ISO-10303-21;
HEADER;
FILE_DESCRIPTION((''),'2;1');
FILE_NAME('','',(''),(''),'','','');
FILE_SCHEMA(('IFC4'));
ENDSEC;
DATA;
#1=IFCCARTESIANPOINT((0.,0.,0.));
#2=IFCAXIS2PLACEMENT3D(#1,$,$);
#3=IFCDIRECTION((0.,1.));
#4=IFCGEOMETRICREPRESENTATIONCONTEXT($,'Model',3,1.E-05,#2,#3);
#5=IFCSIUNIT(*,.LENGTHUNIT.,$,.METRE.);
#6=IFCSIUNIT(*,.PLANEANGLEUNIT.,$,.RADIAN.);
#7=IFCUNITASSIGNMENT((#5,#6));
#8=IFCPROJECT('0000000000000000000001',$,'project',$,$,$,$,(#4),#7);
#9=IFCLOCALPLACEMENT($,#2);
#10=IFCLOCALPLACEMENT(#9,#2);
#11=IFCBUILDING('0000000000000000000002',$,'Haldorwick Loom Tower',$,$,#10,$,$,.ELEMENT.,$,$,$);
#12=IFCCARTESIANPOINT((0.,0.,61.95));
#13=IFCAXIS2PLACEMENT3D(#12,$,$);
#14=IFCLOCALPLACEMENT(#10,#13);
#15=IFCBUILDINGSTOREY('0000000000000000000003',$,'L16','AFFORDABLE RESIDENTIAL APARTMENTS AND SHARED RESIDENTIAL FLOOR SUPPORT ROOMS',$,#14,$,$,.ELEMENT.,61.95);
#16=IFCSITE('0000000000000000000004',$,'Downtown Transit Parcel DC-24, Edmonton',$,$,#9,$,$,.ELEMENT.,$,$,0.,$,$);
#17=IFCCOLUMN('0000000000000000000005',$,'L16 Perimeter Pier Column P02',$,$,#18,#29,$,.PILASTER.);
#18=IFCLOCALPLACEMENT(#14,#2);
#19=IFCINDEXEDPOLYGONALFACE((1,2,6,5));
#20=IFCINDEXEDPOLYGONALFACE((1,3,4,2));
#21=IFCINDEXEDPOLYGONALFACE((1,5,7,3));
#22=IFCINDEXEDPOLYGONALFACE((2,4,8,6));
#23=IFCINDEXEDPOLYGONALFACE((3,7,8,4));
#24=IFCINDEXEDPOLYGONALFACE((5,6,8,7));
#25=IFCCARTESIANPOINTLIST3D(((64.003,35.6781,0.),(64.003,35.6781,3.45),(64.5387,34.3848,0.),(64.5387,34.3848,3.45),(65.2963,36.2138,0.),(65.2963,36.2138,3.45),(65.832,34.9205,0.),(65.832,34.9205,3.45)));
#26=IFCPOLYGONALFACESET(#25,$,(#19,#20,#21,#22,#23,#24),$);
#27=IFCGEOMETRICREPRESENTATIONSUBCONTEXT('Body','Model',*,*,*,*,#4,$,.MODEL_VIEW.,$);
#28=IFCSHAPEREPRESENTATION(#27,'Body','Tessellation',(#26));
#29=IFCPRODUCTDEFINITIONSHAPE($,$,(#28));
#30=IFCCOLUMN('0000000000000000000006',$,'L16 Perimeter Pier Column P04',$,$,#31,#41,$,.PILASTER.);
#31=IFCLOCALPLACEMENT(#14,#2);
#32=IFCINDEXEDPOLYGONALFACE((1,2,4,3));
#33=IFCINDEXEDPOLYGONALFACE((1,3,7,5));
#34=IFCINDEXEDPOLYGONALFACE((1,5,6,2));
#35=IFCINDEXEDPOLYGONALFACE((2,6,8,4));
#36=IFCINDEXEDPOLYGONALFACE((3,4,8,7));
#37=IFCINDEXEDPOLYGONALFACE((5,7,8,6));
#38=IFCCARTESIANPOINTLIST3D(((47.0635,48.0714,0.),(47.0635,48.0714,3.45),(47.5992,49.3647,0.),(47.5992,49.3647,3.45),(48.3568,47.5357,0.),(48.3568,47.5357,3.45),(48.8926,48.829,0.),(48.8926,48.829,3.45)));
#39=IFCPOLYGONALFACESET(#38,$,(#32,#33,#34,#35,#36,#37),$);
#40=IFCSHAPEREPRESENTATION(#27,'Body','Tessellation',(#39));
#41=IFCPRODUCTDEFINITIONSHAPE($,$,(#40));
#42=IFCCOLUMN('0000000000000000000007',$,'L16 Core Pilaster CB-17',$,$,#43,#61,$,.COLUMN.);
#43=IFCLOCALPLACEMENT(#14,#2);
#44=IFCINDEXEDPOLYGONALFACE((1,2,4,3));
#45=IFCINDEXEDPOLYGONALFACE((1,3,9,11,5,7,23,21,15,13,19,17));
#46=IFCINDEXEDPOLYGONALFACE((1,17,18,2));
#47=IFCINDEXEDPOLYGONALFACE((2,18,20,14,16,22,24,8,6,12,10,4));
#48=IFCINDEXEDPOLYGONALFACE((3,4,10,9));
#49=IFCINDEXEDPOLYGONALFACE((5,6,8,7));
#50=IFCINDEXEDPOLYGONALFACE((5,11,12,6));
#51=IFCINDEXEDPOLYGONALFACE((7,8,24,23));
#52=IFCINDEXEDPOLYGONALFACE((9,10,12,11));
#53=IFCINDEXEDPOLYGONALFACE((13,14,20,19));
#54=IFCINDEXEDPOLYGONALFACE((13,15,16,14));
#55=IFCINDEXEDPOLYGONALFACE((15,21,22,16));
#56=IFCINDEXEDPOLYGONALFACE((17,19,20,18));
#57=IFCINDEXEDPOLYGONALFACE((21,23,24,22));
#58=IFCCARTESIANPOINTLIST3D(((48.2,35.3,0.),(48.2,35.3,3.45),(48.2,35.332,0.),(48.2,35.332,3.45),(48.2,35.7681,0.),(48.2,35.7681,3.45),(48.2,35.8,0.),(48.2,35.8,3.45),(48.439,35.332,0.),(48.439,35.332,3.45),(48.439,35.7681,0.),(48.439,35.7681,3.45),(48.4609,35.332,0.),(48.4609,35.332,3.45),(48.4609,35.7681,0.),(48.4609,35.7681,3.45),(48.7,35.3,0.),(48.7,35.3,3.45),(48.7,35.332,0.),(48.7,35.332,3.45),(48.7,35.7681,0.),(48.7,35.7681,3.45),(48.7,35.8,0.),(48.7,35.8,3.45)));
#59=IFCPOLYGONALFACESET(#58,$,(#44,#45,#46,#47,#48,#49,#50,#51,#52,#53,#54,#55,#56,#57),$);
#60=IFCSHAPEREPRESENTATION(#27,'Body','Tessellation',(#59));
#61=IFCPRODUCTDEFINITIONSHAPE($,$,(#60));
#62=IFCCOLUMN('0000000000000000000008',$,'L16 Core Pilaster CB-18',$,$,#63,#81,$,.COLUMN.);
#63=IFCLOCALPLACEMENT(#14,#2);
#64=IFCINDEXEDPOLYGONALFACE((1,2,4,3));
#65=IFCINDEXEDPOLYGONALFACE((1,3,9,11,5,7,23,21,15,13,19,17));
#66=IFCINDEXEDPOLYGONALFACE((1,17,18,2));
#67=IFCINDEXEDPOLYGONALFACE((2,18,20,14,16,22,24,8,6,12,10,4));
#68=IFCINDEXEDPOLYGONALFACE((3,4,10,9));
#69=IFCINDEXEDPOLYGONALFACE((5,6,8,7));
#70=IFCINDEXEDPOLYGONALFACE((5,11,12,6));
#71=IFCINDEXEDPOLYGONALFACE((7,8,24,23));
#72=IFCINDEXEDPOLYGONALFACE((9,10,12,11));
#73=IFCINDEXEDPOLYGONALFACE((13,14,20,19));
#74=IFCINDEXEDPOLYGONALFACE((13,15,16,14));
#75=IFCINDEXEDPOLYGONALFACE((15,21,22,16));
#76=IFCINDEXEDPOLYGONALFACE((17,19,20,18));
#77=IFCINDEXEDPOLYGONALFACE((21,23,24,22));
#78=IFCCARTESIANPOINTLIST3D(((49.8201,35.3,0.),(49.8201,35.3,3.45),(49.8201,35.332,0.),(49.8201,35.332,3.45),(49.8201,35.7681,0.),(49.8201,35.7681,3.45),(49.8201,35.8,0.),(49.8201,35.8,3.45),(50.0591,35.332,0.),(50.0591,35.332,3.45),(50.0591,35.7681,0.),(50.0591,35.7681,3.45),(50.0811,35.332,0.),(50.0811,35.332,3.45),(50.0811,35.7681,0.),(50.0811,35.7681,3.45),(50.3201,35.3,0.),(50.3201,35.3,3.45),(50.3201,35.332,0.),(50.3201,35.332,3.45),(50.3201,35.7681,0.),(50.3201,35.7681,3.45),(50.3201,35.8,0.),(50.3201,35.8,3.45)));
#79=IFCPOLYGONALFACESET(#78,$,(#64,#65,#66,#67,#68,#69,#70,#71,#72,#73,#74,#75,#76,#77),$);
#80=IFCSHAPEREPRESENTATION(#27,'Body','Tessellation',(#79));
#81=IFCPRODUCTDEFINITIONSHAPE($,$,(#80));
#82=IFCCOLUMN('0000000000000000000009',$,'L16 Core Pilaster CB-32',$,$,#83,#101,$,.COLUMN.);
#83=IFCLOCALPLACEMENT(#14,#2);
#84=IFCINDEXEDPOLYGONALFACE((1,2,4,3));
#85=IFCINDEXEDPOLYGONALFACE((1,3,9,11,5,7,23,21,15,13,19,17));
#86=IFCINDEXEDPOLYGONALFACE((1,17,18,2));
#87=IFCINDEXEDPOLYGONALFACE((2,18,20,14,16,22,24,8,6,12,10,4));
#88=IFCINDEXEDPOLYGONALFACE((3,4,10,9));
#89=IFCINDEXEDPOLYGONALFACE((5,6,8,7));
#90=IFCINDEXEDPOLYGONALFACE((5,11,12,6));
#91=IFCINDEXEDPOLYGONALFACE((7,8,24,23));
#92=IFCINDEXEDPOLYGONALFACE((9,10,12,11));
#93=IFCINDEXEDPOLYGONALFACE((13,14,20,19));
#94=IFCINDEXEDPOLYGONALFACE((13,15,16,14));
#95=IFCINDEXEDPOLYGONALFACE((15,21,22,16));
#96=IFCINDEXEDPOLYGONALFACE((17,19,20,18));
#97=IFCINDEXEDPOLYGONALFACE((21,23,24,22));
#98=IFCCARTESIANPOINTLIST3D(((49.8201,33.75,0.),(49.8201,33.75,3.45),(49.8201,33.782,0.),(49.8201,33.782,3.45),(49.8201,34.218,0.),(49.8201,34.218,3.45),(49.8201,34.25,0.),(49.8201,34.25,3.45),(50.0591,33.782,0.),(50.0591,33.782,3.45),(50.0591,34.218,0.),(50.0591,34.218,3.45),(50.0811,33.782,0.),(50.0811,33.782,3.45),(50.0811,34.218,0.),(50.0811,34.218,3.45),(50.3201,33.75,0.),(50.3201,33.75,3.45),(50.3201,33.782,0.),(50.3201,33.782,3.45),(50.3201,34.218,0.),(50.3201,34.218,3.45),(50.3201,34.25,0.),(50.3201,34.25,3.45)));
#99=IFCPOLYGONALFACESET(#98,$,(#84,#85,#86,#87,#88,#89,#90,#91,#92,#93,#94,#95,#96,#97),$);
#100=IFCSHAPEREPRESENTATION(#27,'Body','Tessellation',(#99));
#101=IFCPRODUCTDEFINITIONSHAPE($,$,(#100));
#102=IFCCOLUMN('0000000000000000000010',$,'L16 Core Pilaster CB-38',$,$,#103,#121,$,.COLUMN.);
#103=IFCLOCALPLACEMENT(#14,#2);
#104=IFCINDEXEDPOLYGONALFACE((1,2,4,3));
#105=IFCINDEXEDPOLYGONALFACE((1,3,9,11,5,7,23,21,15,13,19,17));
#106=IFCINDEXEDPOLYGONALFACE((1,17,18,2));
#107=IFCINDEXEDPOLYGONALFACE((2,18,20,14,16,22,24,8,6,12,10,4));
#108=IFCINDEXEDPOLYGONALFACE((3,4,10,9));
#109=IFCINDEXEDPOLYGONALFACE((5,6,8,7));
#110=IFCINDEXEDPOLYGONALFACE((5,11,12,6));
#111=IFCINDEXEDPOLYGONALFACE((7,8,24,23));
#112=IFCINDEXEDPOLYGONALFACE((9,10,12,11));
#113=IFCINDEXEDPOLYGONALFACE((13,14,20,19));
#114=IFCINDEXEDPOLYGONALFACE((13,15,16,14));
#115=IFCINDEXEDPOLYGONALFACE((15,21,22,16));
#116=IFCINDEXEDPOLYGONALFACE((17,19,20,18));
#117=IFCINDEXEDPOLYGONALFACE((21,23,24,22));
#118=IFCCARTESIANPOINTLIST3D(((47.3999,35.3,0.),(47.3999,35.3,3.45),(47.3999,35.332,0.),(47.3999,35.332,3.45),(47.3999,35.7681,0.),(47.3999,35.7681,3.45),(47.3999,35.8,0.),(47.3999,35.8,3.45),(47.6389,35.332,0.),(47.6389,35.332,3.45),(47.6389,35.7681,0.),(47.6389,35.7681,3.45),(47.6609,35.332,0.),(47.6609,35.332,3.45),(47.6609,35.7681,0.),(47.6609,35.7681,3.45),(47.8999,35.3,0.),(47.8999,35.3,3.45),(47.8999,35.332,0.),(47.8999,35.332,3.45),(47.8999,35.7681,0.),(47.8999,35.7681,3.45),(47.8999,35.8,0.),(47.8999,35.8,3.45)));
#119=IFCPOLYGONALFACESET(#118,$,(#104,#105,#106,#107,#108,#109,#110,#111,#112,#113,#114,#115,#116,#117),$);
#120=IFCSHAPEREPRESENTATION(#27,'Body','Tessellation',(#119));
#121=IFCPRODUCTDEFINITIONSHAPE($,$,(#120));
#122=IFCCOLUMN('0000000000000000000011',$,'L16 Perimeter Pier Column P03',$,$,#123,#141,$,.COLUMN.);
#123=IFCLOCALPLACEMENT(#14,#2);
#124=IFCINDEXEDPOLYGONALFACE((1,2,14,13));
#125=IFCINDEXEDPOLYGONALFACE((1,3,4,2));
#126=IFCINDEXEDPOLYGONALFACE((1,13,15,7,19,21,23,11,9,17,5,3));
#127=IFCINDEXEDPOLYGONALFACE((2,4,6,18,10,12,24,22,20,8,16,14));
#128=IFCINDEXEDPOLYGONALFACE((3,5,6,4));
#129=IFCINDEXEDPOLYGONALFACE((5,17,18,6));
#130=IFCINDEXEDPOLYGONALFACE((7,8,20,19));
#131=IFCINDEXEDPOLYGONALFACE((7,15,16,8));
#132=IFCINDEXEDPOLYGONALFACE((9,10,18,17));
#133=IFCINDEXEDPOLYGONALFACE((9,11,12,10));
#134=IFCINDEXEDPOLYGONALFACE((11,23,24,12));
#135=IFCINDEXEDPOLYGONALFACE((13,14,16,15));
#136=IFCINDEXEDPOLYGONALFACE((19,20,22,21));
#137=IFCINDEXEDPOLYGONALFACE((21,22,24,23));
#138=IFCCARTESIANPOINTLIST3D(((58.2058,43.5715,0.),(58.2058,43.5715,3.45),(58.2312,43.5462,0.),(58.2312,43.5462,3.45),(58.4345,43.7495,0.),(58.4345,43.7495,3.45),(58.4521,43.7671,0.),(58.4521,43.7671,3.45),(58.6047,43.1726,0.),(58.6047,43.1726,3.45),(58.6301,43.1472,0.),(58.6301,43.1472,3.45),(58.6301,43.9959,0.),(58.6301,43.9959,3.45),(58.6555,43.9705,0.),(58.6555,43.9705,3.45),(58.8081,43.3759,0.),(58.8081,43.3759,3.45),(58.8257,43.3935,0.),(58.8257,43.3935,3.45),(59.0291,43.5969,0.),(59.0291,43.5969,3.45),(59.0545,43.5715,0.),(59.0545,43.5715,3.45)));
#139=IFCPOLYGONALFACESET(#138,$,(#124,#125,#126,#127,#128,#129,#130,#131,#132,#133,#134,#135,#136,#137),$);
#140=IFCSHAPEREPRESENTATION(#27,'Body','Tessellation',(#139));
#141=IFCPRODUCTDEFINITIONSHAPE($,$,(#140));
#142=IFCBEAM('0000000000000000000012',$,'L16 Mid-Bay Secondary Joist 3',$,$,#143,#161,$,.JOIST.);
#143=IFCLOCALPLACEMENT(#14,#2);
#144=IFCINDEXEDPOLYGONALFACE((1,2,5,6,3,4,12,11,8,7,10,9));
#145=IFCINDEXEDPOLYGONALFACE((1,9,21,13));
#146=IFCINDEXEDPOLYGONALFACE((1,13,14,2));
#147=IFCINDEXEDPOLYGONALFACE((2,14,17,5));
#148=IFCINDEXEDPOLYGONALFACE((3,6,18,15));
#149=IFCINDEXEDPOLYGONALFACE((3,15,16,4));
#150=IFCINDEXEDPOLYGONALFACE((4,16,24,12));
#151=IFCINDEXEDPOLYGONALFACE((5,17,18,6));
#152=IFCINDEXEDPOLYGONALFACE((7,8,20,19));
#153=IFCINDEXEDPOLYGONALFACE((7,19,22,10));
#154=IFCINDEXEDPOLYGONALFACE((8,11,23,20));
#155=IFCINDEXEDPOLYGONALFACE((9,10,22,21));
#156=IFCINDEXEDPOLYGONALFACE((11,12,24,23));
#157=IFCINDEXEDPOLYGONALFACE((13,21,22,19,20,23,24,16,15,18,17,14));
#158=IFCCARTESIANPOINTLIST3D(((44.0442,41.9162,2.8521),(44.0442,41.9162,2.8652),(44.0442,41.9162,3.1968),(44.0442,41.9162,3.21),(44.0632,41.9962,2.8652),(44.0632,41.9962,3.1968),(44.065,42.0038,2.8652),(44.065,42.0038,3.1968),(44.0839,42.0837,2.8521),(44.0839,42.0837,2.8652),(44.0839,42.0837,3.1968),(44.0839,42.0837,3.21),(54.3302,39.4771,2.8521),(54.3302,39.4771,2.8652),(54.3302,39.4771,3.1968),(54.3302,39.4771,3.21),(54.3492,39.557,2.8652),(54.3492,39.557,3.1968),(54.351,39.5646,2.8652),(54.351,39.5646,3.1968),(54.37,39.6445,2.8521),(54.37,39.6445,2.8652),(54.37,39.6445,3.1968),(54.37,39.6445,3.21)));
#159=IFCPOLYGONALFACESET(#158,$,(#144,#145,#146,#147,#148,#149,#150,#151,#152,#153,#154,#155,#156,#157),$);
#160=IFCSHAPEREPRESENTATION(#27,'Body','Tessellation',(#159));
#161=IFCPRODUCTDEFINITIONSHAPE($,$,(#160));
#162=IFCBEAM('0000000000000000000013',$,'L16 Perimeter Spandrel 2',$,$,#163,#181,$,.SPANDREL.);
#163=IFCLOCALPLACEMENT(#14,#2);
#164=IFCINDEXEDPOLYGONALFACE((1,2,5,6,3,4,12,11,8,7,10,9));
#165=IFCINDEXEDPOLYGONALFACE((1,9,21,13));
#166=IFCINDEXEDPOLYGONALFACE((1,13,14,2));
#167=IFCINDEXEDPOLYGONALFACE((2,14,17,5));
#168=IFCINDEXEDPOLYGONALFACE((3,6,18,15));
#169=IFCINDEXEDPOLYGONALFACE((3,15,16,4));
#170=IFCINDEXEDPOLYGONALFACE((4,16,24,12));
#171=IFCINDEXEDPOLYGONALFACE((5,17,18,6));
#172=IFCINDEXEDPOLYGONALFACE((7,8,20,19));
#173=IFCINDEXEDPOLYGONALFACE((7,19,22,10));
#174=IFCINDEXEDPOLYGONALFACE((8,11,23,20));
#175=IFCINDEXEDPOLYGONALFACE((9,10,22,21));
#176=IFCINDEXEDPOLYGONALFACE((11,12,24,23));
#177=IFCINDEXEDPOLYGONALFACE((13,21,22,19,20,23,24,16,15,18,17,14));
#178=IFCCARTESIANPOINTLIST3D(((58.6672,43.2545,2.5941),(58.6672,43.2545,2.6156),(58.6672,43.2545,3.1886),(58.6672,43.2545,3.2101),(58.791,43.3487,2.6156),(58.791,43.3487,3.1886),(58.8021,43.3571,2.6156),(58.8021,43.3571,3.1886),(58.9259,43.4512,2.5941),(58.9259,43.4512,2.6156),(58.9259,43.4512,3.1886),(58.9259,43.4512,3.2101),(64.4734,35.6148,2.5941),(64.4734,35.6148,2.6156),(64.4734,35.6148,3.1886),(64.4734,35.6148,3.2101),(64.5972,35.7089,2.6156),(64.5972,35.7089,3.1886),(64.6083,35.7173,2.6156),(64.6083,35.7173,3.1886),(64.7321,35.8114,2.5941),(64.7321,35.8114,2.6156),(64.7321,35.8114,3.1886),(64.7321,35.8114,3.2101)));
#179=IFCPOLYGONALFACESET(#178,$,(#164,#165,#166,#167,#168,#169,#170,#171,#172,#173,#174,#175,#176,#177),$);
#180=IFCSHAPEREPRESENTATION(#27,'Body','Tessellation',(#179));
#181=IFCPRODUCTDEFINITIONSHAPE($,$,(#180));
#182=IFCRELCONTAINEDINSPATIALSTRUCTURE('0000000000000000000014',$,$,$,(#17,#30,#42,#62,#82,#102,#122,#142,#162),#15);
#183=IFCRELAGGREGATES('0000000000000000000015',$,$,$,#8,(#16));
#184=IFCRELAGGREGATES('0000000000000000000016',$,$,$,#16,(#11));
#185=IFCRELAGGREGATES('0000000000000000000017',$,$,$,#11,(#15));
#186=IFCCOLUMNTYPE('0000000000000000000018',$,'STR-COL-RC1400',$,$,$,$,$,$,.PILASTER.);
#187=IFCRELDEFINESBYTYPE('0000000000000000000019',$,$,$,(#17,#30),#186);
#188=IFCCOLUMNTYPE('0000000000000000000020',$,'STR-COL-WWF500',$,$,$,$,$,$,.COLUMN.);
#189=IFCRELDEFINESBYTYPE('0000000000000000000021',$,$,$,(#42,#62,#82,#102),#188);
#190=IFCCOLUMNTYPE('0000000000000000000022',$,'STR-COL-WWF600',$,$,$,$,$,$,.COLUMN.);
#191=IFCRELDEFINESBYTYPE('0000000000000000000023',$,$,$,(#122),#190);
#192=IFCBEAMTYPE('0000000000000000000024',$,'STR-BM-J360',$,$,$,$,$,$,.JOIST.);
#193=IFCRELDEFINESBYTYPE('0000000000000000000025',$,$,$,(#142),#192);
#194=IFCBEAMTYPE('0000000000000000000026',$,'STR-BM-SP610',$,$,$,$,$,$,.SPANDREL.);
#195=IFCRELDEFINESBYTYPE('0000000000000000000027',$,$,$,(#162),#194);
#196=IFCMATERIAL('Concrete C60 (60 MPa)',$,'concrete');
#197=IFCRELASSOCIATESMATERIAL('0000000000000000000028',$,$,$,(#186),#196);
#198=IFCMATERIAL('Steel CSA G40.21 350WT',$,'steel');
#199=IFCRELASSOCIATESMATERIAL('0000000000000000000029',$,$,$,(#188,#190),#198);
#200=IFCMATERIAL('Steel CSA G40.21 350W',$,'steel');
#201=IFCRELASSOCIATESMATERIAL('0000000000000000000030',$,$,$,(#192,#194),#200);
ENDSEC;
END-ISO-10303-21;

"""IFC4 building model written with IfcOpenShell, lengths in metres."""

from ifc_helpers import new_model, si_unit, direction, frame, origin, origin_2d, place, context, subcontext, project, spatial, rectangle, i_section, extrude, material, material_profile, profile_set, type_object, element, save


model = new_model("IFC4")

# Units and contexts
model_context = context("Model", 3, precision=1e-05, world=origin(), true_north=direction((0.0, 1.0)))
body_context = subcontext(model_context, "Body", "Model", "MODEL_VIEW")
ifc_project = project(units=[si_unit("LENGTHUNIT", "METRE"), si_unit("PLANEANGLEUNIT", "RADIAN")], contexts=[model_context])

# Site, building, storey
site_placement = place(None, origin())
site = spatial("IfcSite", under=ifc_project, at=site_placement, Name="Downtown Transit Parcel DC-24, Edmonton", CompositionType="ELEMENT", RefElevation=0.0)
building_placement = place(site_placement, origin())
building = spatial("IfcBuilding", under=site, at=building_placement, Name="Haldorwick Loom Tower", CompositionType="ELEMENT")
storey_placement = place(building_placement, frame((0.0, 0.0, 61.95)))
storey = spatial("IfcBuildingStorey", under=building, at=storey_placement, Name="L16", Description="AFFORDABLE RESIDENTIAL APARTMENTS AND SHARED RESIDENTIAL FLOOR SUPPORT ROOMS", CompositionType="ELEMENT", Elevation=61.95)

# Columns
ifc_material_1 = material(Name="Concrete C60 (60 MPa)", Category="concrete")
ifc_material_profile_1 = material_profile(ifc_material_1, rectangle(XDim=1.3999, YDim=1.3999, at=origin_2d()), Name="RC1400X1400", Category="concrete")
ifc_profile_set_1 = profile_set([ifc_material_profile_1], Name="Concrete C60 (60 MPa)")
column_type_1 = type_object("IfcColumnType", Name="STR-COL-RC1400", PredefinedType="PILASTER", material=ifc_profile_set_1)
for number, where, z_axis, x_axis, name in (
    (1, (64.9175, 35.2993, 0.0), (0.0, 0.0, 1.0), (0.92388, 0.382683, 0.0), "L16 Perimeter Pier Column P02"),
    (2, (47.978, 48.4502, 0.0), (0.0, 0.0, 1.0), (0.382683, 0.92388, 0.0), "L16 Perimeter Pier Column P04"),
):
    element("IfcColumn", number, at=place(storey_placement, frame(where, z_axis=z_axis, x_axis=x_axis)), inside=storey, type_object=column_type_1, Name=name, PredefinedType="PILASTER", context=body_context, shape_type="SweptSolid", body=[
        extrude(rectangle(XDim=1.3999, YDim=1.3999, at=origin_2d()), origin(), (0.0, 0.0, 1.0), 3.45),
    ])
ifc_material_2 = material(Name="Steel CSA G40.21 350WT", Category="steel")
ifc_material_profile_2 = material_profile(ifc_material_2, i_section(OverallWidth=0.5, OverallDepth=0.5, WebThickness=0.022, FlangeThickness=0.032, at=origin_2d()), Name="WWF500X500", Category="steel")
ifc_profile_set_2 = profile_set([ifc_material_profile_2], Name="Steel CSA G40.21 350WT")
column_type_2 = type_object("IfcColumnType", Name="STR-COL-WWF500", PredefinedType="COLUMN", material=ifc_profile_set_2)
for number, where, z_axis, x_axis, name in (
    (3, (48.45, 35.55, 0.0), (0.0, 0.0, 1.0), (1.0, 0.0, 0.0), "L16 Core Pilaster CB-17"),
    (4, (50.0701, 35.55, 0.0), (0.0, 0.0, 1.0), (1.0, 0.0, 0.0), "L16 Core Pilaster CB-18"),
    (5, (50.0701, 34.0, 0.0), (0.0, 0.0, 1.0), (1.0, 0.0, 0.0), "L16 Core Pilaster CB-32"),
    (6, (47.6499, 35.55, 0.0), (0.0, 0.0, 1.0), (1.0, 0.0, 0.0), "L16 Core Pilaster CB-38"),
):
    element("IfcColumn", number, at=place(storey_placement, frame(where, z_axis=z_axis, x_axis=x_axis)), inside=storey, type_object=column_type_2, Name=name, PredefinedType="COLUMN", context=body_context, shape_type="SweptSolid", body=[
        extrude(i_section(OverallWidth=0.5, OverallDepth=0.5, WebThickness=0.022, FlangeThickness=0.032, at=origin_2d()), origin(), (0.0, 0.0, 1.0), 3.45),
    ])
ifc_material_profile_3 = material_profile(ifc_material_2, i_section(OverallWidth=0.6001, OverallDepth=0.6001, WebThickness=0.0249, FlangeThickness=0.0359, at=origin_2d()), Name="WWF600X600", Category="steel")
ifc_profile_set_3 = profile_set([ifc_material_profile_3], Name="Steel CSA G40.21 350WT")
column_type_3 = type_object("IfcColumnType", Name="STR-COL-WWF600", PredefinedType="COLUMN", material=ifc_profile_set_3)
column_placement = place(storey_placement, frame((58.6301, 43.5715, 0.0), z_axis=(0.0, 0.0, 1.0), x_axis=(0.707107, 0.707107, 0.0)))
element("IfcColumn", 7, at=column_placement, inside=storey, type_object=column_type_3, Name="L16 Perimeter Pier Column P03", PredefinedType="COLUMN", context=body_context, shape_type="SweptSolid", body=[
    extrude(i_section(OverallWidth=0.6001, OverallDepth=0.6001, WebThickness=0.0249, FlangeThickness=0.0359, at=origin_2d()), origin(), (0.0, 0.0, 1.0), 3.45),
])

# Beams
ifc_material_3 = material(Name="Steel CSA G40.21 350W", Category="steel")
ifc_material_profile_4 = material_profile(ifc_material_3, i_section(OverallWidth=0.1721, OverallDepth=0.3579, WebThickness=0.0078, FlangeThickness=0.0132, at=origin_2d()), Name="W360X57", Category="steel")
ifc_profile_set_4 = profile_set([ifc_material_profile_4], Name="Steel CSA G40.21 350W")
beam_type_1 = type_object("IfcBeamType", Name="STR-BM-J360", PredefinedType="JOIST", material=ifc_profile_set_4)
beam_1_placement = place(storey_placement, frame((54.3501, 39.5608, 3.031), z_axis=(-0.973016, 0.230737, 0.0), x_axis=(-0.230737, -0.973016, 0.0)))
element("IfcBeam", 8, at=beam_1_placement, inside=storey, type_object=beam_type_1, Name="L16 Mid-Bay Secondary Joist 3", PredefinedType="JOIST", context=body_context, shape_type="SweptSolid", body=[
    extrude(i_section(OverallWidth=0.1721, OverallDepth=0.3579, WebThickness=0.0078, FlangeThickness=0.0132, at=origin_2d()), origin(), (0.0, 0.0, 1.0), 10.5713),
])
ifc_material_profile_5 = material_profile(ifc_material_3, i_section(OverallWidth=0.325, OverallDepth=0.616, WebThickness=0.0139, FlangeThickness=0.0215, at=origin_2d()), Name="W610X174", Category="steel")
ifc_profile_set_5 = profile_set([ifc_material_profile_5], Name="Steel CSA G40.21 350W")
beam_type_2 = type_object("IfcBeamType", Name="STR-BM-SP610", PredefinedType="SPANDREL", material=ifc_profile_set_5)
beam_2_placement = place(storey_placement, frame((64.6028, 35.7131, 2.9021), z_axis=(-0.605085, 0.796161, 0.0), x_axis=(-0.796161, -0.605085, 0.0)))
element("IfcBeam", 9, at=beam_2_placement, inside=storey, type_object=beam_type_2, Name="L16 Perimeter Spandrel 2", PredefinedType="SPANDREL", context=body_context, shape_type="SweptSolid", body=[
    extrude(i_section(OverallWidth=0.325, OverallDepth=0.616, WebThickness=0.0139, FlangeThickness=0.0215, at=origin_2d()), origin(), (0.0, 0.0, 1.0), 9.5957),
])

save(model, "model.ifc")
